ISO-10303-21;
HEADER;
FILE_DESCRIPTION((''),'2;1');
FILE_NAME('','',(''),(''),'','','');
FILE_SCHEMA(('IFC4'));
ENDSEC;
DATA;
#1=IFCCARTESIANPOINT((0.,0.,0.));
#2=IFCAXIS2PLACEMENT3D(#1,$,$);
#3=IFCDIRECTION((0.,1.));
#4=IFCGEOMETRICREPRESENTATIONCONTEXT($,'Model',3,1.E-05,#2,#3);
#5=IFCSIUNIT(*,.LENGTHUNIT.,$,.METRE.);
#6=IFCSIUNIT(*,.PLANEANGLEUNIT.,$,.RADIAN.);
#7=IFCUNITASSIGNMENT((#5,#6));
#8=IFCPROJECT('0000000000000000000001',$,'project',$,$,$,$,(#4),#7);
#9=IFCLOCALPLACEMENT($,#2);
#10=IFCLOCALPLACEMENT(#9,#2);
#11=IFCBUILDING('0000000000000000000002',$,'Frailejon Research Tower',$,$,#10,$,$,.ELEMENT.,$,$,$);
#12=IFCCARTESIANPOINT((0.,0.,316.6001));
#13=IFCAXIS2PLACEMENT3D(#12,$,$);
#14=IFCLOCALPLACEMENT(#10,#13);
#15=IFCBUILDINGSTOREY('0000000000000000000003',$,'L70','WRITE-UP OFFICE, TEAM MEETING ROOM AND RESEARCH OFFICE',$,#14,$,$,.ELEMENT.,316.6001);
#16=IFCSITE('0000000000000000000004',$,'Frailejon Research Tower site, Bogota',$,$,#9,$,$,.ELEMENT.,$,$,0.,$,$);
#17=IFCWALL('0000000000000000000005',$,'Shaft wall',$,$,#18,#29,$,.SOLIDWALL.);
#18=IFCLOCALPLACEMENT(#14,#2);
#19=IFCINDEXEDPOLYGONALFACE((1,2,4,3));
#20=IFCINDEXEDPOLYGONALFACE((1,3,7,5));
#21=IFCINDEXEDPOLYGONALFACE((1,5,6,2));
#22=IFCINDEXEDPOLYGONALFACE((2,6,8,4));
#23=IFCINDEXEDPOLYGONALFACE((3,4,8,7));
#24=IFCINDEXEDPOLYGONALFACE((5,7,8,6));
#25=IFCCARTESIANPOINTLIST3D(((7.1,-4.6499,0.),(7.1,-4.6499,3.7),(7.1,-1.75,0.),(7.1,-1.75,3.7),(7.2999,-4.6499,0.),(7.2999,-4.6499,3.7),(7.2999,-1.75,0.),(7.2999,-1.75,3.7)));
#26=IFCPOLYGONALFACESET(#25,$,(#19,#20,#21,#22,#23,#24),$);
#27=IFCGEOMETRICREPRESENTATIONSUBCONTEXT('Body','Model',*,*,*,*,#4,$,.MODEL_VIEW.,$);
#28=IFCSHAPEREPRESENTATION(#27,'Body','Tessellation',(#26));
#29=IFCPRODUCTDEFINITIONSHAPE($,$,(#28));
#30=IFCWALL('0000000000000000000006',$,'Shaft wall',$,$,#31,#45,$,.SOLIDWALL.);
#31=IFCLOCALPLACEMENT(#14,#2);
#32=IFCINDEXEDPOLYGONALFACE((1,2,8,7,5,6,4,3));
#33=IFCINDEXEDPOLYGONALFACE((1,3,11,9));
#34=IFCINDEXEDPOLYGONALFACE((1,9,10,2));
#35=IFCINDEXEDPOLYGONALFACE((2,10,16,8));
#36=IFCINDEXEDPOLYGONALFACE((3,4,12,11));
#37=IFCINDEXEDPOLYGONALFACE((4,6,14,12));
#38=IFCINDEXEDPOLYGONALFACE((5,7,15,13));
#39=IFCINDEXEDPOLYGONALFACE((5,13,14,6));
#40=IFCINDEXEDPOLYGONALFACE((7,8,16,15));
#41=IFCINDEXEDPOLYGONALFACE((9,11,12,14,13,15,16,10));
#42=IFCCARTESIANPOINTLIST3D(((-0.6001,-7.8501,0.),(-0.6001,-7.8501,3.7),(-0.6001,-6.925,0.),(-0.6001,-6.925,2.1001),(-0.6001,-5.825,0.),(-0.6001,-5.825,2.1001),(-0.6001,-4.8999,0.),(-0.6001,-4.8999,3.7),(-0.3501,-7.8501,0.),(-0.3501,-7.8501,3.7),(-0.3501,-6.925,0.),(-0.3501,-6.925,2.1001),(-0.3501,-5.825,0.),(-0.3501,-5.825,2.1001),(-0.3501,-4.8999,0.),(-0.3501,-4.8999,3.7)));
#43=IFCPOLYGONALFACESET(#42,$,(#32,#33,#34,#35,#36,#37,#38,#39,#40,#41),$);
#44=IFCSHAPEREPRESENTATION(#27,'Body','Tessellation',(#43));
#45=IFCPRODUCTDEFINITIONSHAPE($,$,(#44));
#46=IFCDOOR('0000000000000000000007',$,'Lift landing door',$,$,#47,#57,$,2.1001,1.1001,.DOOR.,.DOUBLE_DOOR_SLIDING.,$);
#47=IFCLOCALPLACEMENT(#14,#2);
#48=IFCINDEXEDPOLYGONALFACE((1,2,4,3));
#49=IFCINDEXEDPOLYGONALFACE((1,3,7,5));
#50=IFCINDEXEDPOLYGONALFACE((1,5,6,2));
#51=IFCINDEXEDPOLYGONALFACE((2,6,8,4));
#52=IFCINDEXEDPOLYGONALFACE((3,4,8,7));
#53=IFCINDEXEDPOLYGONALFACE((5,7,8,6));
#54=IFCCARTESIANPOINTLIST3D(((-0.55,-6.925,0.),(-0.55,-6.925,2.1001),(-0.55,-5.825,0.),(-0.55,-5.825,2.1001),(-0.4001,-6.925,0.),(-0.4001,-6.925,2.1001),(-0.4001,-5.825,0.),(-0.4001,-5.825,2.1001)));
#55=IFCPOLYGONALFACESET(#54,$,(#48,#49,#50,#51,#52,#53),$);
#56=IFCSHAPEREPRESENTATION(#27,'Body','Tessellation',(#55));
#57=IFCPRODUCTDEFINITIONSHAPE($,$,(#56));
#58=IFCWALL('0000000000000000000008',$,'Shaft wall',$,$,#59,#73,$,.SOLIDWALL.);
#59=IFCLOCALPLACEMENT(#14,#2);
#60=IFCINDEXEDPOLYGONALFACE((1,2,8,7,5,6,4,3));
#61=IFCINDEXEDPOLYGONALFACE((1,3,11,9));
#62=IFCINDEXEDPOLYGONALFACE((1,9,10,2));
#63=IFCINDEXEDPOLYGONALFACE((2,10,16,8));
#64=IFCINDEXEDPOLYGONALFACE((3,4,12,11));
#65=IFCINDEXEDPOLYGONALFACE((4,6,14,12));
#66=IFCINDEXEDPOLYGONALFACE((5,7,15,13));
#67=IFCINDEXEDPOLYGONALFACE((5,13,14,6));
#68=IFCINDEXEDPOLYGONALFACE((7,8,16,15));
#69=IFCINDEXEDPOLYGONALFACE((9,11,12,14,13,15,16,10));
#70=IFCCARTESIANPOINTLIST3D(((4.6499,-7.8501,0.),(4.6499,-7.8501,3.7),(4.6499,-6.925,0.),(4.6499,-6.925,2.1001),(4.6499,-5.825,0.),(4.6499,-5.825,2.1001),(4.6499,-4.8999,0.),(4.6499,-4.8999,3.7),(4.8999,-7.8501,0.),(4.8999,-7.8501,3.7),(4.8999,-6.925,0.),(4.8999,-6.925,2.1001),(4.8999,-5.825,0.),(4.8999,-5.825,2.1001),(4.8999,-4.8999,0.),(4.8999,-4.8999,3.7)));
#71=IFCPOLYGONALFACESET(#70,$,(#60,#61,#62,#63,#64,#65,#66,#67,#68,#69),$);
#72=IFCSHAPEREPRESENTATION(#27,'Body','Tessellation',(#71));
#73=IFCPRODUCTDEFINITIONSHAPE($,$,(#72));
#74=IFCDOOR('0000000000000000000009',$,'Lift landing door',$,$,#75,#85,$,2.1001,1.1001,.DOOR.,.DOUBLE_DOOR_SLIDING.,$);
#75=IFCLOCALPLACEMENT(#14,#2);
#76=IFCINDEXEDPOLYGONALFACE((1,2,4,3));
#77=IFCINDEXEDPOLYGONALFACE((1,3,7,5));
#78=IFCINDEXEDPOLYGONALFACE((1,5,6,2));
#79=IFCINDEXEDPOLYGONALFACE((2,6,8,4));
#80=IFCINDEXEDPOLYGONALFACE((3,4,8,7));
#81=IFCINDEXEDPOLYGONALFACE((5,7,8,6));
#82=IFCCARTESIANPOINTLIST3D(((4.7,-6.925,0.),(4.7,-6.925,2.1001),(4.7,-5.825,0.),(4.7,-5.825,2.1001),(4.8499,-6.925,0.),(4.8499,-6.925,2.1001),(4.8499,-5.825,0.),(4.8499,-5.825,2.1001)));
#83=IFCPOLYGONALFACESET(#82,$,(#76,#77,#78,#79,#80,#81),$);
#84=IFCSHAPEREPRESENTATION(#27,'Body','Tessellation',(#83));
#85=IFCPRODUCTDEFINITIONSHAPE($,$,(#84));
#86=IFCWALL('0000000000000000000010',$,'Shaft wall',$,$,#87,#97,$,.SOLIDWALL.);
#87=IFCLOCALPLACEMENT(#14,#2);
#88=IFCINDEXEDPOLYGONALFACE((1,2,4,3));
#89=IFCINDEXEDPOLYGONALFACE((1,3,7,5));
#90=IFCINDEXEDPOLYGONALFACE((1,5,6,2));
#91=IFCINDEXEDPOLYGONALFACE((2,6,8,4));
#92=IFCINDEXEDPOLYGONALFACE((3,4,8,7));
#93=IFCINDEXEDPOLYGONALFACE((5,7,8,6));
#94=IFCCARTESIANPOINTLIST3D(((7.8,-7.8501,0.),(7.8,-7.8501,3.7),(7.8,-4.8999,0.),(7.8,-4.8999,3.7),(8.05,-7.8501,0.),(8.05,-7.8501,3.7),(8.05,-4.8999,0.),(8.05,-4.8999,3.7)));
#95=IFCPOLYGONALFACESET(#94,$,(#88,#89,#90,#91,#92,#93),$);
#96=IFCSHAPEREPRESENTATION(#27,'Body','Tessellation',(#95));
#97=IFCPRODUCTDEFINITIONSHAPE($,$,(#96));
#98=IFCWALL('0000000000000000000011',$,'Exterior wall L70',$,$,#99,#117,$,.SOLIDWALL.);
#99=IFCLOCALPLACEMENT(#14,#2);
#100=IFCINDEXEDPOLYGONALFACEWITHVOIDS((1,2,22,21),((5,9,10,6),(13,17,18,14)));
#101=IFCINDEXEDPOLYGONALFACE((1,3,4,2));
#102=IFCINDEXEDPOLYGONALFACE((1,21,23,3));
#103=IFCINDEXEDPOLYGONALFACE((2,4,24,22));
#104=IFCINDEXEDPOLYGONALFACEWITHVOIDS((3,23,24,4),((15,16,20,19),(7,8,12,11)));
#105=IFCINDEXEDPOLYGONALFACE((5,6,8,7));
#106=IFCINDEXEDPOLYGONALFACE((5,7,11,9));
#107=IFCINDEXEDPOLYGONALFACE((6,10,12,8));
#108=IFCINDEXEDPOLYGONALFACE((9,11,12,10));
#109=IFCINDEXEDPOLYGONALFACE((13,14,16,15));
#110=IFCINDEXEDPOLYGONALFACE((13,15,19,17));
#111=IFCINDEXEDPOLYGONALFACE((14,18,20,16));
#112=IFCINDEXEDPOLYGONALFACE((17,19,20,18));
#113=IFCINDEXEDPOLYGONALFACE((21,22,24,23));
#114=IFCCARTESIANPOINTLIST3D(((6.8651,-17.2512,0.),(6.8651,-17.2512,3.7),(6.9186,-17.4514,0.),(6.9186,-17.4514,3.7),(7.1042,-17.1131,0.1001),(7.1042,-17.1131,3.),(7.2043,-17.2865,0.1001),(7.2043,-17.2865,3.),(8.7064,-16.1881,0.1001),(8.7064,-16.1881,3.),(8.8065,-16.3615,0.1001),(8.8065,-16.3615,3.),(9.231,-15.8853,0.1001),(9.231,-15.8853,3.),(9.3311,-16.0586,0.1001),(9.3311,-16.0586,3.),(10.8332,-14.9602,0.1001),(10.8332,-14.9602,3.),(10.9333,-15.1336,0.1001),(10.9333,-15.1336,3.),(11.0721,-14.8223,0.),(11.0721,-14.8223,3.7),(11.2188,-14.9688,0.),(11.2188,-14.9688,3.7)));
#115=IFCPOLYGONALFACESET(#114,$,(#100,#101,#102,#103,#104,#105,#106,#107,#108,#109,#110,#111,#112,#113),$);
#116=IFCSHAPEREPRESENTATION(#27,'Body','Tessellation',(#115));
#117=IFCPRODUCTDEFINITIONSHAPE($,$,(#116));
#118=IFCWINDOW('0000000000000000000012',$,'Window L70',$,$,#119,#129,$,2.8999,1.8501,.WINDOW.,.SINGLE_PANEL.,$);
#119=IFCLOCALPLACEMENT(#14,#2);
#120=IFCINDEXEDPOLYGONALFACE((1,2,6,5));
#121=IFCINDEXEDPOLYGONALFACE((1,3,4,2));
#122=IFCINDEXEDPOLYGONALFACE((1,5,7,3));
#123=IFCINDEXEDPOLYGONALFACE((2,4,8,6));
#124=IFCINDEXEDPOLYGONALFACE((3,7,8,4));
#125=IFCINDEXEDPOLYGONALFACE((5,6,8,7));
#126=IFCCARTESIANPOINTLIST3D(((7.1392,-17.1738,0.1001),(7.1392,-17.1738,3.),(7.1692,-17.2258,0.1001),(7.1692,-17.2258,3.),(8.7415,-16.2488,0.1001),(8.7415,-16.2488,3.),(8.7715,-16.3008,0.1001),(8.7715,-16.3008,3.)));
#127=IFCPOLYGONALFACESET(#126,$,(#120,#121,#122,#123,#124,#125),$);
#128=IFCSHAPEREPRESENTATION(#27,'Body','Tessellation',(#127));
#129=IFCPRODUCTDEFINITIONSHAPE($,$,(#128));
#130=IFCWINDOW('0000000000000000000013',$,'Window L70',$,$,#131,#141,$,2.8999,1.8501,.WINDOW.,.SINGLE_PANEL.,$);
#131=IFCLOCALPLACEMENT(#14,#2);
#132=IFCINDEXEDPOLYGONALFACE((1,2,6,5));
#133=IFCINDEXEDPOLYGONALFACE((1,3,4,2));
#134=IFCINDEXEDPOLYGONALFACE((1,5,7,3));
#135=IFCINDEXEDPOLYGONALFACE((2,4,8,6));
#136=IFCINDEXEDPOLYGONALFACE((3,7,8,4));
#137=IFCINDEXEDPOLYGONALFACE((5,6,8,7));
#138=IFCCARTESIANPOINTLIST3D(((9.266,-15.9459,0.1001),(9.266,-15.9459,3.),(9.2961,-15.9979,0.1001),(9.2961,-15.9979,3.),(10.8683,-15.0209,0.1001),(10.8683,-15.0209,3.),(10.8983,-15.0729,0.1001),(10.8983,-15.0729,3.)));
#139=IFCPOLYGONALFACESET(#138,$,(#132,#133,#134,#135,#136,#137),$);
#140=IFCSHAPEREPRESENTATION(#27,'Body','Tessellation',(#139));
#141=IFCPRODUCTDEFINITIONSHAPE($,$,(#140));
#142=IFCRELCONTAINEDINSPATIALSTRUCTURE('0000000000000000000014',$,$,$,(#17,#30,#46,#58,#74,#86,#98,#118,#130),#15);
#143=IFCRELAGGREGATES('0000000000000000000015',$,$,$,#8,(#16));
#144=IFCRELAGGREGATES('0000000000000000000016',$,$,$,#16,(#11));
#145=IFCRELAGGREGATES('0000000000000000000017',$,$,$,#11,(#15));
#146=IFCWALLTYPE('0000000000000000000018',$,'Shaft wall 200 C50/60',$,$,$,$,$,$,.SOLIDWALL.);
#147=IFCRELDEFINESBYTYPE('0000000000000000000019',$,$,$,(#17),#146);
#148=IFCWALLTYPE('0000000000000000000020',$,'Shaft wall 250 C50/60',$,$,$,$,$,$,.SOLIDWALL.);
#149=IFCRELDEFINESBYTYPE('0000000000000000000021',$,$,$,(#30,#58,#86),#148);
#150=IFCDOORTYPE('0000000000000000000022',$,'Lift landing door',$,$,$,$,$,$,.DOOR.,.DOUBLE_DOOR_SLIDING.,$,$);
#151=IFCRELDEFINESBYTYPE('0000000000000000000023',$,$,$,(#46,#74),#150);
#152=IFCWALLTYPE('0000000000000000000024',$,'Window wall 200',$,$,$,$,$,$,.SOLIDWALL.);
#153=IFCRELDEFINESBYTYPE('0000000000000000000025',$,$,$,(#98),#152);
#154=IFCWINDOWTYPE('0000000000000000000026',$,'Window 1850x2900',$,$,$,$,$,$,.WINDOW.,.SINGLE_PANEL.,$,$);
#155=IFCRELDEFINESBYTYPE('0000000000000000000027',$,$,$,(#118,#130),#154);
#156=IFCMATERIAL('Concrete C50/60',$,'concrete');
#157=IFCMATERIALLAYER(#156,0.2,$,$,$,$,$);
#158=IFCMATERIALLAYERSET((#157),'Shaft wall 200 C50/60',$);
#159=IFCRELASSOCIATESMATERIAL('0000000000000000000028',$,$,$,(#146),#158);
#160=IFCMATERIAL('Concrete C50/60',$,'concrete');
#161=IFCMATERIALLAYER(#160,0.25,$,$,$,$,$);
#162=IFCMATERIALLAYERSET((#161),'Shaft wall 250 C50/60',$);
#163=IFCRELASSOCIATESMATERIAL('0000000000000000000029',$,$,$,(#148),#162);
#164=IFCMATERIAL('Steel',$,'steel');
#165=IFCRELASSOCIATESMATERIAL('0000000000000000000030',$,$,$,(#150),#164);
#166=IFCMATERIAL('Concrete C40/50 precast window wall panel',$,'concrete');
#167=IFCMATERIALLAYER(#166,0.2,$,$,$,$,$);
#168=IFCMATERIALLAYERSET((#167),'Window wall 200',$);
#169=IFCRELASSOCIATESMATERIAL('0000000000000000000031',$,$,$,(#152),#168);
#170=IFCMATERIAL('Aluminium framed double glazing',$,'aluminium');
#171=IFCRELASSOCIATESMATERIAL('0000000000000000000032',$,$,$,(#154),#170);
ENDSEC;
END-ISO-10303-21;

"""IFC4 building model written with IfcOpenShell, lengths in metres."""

from ifc_helpers import new_model, si_unit, direction, frame, frame_2d, origin, place, context, subcontext, project, spatial, polyline, rectangle, outline, extrude, material, layer, layer_set, type_object, element, fill, save


model = new_model("IFC4")

# Units and contexts
model_context = context("Model", 3, precision=1e-05, world=origin(), true_north=direction((0.0, 1.0)))
body_context = subcontext(model_context, "Body", "Model", "MODEL_VIEW")
ifc_project = project(units=[si_unit("LENGTHUNIT", "METRE"), si_unit("PLANEANGLEUNIT", "RADIAN")], contexts=[model_context])

# Site, building, storey
site_placement = place(None, origin())
site = spatial("IfcSite", under=ifc_project, at=site_placement, Name="Frailejon Research Tower site, Bogota", CompositionType="ELEMENT", RefElevation=0.0)
building_placement = place(site_placement, origin())
building = spatial("IfcBuilding", under=site, at=building_placement, Name="Frailejon Research Tower", CompositionType="ELEMENT")
storey_placement = place(building_placement, frame((0.0, 0.0, 316.6001)))
storey = spatial("IfcBuildingStorey", under=building, at=storey_placement, Name="L70", Description="WRITE-UP OFFICE, TEAM MEETING ROOM AND RESEARCH OFFICE", CompositionType="ELEMENT", Elevation=316.6001)

# Wall
ifc_material_1 = material(Name="Concrete C50/60", Category="concrete")
ifc_layer_1 = layer(ifc_material_1, 0.2)
ifc_layer_set_1 = layer_set([ifc_layer_1], Name="Shaft wall 200 C50/60")
wall_type_1 = type_object("IfcWallType", Name="Shaft wall 200 C50/60", PredefinedType="SOLIDWALL", material=ifc_layer_set_1)
for number, where, z_axis, x_axis, name in (
    (1, (7.2, -4.6499, 0.0), (0.0, 0.0, 1.0), (0.0, 1.0, 0.0), "Shaft wall"),
):
    element("IfcWall", number, at=place(storey_placement, frame(where, z_axis=z_axis, x_axis=x_axis)), inside=storey, type_object=wall_type_1, Name=name, PredefinedType="SOLIDWALL", context=body_context, shape_type="SweptSolid", body=[
        extrude(rectangle(XDim=2.8999, YDim=0.2, at=frame_2d((1.45, 0.0))), origin(), (0.0, 0.0, 1.0), 3.7),
    ])

# Walls, openings, doors
ifc_material_2 = material(Name="Concrete C50/60", Category="concrete")
ifc_layer_2 = layer(ifc_material_2, 0.25)
ifc_layer_set_2 = layer_set([ifc_layer_2], Name="Shaft wall 250 C50/60")
wall_type_2 = type_object("IfcWallType", Name="Shaft wall 250 C50/60", PredefinedType="SOLIDWALL", material=ifc_layer_set_2)
wall_1_placement = place(storey_placement, frame((-0.4751, -7.8501, 0.0), z_axis=(0.0, 0.0, 1.0), x_axis=(0.0, 1.0, 0.0)))
wall_1 = element("IfcWall", 2, at=wall_1_placement, inside=storey, type_object=wall_type_2, Name="Shaft wall", PredefinedType="SOLIDWALL", context=body_context, shape_type="SweptSolid", body=[
    extrude(rectangle(XDim=2.9502, YDim=0.25, at=frame_2d((1.4751, 0.0))), origin(), (0.0, 0.0, 1.0), 3.7),
])
opening_1_placement = place(wall_1_placement, frame((0.925, 0.0, 0.0)))
opening_1 = element("IfcOpeningElement", 3, at=opening_1_placement, cuts=wall_1, PredefinedType="OPENING", context=body_context, shape_type="SweptSolid", body=[
    extrude(rectangle(XDim=1.1001, YDim=2.1001, at=frame_2d((0.55, 1.05))), frame((0.0, 0.135, 0.0), z_axis=(0.0, -1.0, 0.0), x_axis=(1.0, 0.0, 0.0)), (0.0, 0.0, 1.0), 0.27),
])
ifc_material_3 = material(Name="Steel", Category="steel")
door_type_1 = type_object("IfcDoorType", Name="Lift landing door", OperationType="DOUBLE_DOOR_SLIDING", PredefinedType="DOOR", material=ifc_material_3)
door_1_placement = place(opening_1_placement, origin())
door_1 = element("IfcDoor", 4, at=door_1_placement, inside=storey, type_object=door_type_1, Name="Lift landing door", OperationType="DOUBLE_DOOR_SLIDING", OverallHeight=2.1001, OverallWidth=1.1001, PredefinedType="DOOR", context=body_context, shape_type="SweptSolid", body=[
    extrude(rectangle(XDim=1.1001, YDim=2.1001, at=frame_2d((0.55, 1.05))), frame((0.0, 0.075, 0.0), z_axis=(0.0, -1.0, 0.0), x_axis=(1.0, 0.0, 0.0)), (0.0, 0.0, 1.0), 0.1499),
])
fill(opening_1, door_1)
wall_2_placement = place(storey_placement, frame((4.7749, -7.8501, 0.0), z_axis=(0.0, 0.0, 1.0), x_axis=(0.0, 1.0, 0.0)))
wall_2 = element("IfcWall", 5, at=wall_2_placement, inside=storey, type_object=wall_type_2, Name="Shaft wall", PredefinedType="SOLIDWALL", context=body_context, shape_type="SweptSolid", body=[
    extrude(rectangle(XDim=2.9502, YDim=0.25, at=frame_2d((1.4751, 0.0))), origin(), (0.0, 0.0, 1.0), 3.7),
])
opening_2_placement = place(wall_2_placement, frame((0.925, 0.0, 0.0)))
opening_2 = element("IfcOpeningElement", 6, at=opening_2_placement, cuts=wall_2, PredefinedType="OPENING", context=body_context, shape_type="SweptSolid", body=[
    extrude(rectangle(XDim=1.1001, YDim=2.1001, at=frame_2d((0.55, 1.05))), frame((0.0, 0.135, 0.0), z_axis=(0.0, -1.0, 0.0), x_axis=(1.0, 0.0, 0.0)), (0.0, 0.0, 1.0), 0.27),
])
door_2_placement = place(opening_2_placement, origin())
door_2 = element("IfcDoor", 7, at=door_2_placement, inside=storey, type_object=door_type_1, Name="Lift landing door", OperationType="DOUBLE_DOOR_SLIDING", OverallHeight=2.1001, OverallWidth=1.1001, PredefinedType="DOOR", context=body_context, shape_type="SweptSolid", body=[
    extrude(rectangle(XDim=1.1001, YDim=2.1001, at=frame_2d((0.55, 1.05))), frame((0.0, 0.075, 0.0), z_axis=(0.0, -1.0, 0.0), x_axis=(1.0, 0.0, 0.0)), (0.0, 0.0, 1.0), 0.1499),
])
fill(opening_2, door_2)

# Wall
wall_3_placement = place(storey_placement, frame((7.925, -7.8501, 0.0), z_axis=(0.0, 0.0, 1.0), x_axis=(0.0, 1.0, 0.0)))
element("IfcWall", 8, at=wall_3_placement, inside=storey, type_object=wall_type_2, Name="Shaft wall", PredefinedType="SOLIDWALL", context=body_context, shape_type="SweptSolid", body=[
    extrude(rectangle(XDim=2.9502, YDim=0.25, at=frame_2d((1.4751, 0.0))), origin(), (0.0, 0.0, 1.0), 3.7),
])

# Wall, openings, windows
ifc_material_4 = material(Name="Concrete C40/50 precast window wall panel", Category="concrete")
ifc_layer_3 = layer(ifc_material_4, 0.2)
ifc_layer_set_3 = layer_set([ifc_layer_3], Name="Window wall 200")
wall_type_3 = type_object("IfcWallType", Name="Window wall 200", PredefinedType="SOLIDWALL", material=ifc_layer_set_3)
wall_4_placement = place(storey_placement, frame((6.8918, -17.3513, 0.0), z_axis=(0.0, 0.0, 1.0), x_axis=(0.866029, 0.499994, 0.0)))
wall_4 = element("IfcWall", 9, at=wall_4_placement, inside=storey, type_object=wall_type_3, Name="Exterior wall L70", PredefinedType="SOLIDWALL", context=body_context, shape_type="SweptSolid", body=[
    extrude(outline(polyline([(-0.0269, -0.1001), (1.2144, -0.1001), (2.4558, -0.1001), (3.6973, -0.1001), (4.9385, -0.1001), (4.8848, 0.1001), (3.6704, 0.1001), (2.4558, 0.1001), (1.2412, 0.1001), (0.0269, 0.1001), (-0.0269, -0.1001)])), origin(), (0.0, 0.0, 1.0), 3.7),
])
opening_3_placement = place(wall_4_placement, frame((0.303, 0.0, 0.1001)))
opening_3 = element("IfcOpeningElement", 10, at=opening_3_placement, cuts=wall_4, PredefinedType="OPENING", context=body_context, shape_type="SweptSolid", body=[
    extrude(rectangle(XDim=1.8501, YDim=2.8999, at=frame_2d((0.925, 1.45))), frame((0.0, 0.1099, 0.0), z_axis=(0.0, -1.0, 0.0), x_axis=(1.0, 0.0, 0.0)), (0.0, 0.0, 1.0), 0.22),
])
opening_4_placement = place(wall_4_placement, frame((2.7588, 0.0, 0.1001)))
opening_4 = element("IfcOpeningElement", 11, at=opening_4_placement, cuts=wall_4, PredefinedType="OPENING", context=body_context, shape_type="SweptSolid", body=[
    extrude(rectangle(XDim=1.8501, YDim=2.8999, at=frame_2d((0.925, 1.45))), frame((0.0, 0.1099, 0.0), z_axis=(0.0, -1.0, 0.0), x_axis=(1.0, 0.0, 0.0)), (0.0, 0.0, 1.0), 0.22),
])
ifc_material_5 = material(Name="Aluminium framed double glazing", Category="aluminium")
window_type = type_object("IfcWindowType", Name="Window 1850x2900", PartitioningType="SINGLE_PANEL", PredefinedType="WINDOW", material=ifc_material_5)
window_1_placement = place(opening_3_placement, origin())
window_1 = element("IfcWindow", 12, at=window_1_placement, inside=storey, type_object=window_type, Name="Window L70", OverallHeight=2.8999, OverallWidth=1.8501, PartitioningType="SINGLE_PANEL", PredefinedType="WINDOW", context=body_context, shape_type="SweptSolid", body=[
    extrude(rectangle(XDim=1.8501, YDim=2.8999, at=frame_2d((0.925, 1.45))), frame((0.0, 0.03, 0.0), z_axis=(0.0, -1.0, 0.0), x_axis=(1.0, 0.0, 0.0)), (0.0, 0.0, 1.0), 0.0601),
])
fill(opening_3, window_1)
window_2_placement = place(opening_4_placement, origin())
window_2 = element("IfcWindow", 13, at=window_2_placement, inside=storey, type_object=window_type, Name="Window L70", OverallHeight=2.8999, OverallWidth=1.8501, PartitioningType="SINGLE_PANEL", PredefinedType="WINDOW", context=body_context, shape_type="SweptSolid", body=[
    extrude(rectangle(XDim=1.8501, YDim=2.8999, at=frame_2d((0.925, 1.45))), frame((0.0, 0.03, 0.0), z_axis=(0.0, -1.0, 0.0), x_axis=(1.0, 0.0, 0.0)), (0.0, 0.0, 1.0), 0.0601),
])
fill(opening_4, window_2)

save(model, "model.ifc")
